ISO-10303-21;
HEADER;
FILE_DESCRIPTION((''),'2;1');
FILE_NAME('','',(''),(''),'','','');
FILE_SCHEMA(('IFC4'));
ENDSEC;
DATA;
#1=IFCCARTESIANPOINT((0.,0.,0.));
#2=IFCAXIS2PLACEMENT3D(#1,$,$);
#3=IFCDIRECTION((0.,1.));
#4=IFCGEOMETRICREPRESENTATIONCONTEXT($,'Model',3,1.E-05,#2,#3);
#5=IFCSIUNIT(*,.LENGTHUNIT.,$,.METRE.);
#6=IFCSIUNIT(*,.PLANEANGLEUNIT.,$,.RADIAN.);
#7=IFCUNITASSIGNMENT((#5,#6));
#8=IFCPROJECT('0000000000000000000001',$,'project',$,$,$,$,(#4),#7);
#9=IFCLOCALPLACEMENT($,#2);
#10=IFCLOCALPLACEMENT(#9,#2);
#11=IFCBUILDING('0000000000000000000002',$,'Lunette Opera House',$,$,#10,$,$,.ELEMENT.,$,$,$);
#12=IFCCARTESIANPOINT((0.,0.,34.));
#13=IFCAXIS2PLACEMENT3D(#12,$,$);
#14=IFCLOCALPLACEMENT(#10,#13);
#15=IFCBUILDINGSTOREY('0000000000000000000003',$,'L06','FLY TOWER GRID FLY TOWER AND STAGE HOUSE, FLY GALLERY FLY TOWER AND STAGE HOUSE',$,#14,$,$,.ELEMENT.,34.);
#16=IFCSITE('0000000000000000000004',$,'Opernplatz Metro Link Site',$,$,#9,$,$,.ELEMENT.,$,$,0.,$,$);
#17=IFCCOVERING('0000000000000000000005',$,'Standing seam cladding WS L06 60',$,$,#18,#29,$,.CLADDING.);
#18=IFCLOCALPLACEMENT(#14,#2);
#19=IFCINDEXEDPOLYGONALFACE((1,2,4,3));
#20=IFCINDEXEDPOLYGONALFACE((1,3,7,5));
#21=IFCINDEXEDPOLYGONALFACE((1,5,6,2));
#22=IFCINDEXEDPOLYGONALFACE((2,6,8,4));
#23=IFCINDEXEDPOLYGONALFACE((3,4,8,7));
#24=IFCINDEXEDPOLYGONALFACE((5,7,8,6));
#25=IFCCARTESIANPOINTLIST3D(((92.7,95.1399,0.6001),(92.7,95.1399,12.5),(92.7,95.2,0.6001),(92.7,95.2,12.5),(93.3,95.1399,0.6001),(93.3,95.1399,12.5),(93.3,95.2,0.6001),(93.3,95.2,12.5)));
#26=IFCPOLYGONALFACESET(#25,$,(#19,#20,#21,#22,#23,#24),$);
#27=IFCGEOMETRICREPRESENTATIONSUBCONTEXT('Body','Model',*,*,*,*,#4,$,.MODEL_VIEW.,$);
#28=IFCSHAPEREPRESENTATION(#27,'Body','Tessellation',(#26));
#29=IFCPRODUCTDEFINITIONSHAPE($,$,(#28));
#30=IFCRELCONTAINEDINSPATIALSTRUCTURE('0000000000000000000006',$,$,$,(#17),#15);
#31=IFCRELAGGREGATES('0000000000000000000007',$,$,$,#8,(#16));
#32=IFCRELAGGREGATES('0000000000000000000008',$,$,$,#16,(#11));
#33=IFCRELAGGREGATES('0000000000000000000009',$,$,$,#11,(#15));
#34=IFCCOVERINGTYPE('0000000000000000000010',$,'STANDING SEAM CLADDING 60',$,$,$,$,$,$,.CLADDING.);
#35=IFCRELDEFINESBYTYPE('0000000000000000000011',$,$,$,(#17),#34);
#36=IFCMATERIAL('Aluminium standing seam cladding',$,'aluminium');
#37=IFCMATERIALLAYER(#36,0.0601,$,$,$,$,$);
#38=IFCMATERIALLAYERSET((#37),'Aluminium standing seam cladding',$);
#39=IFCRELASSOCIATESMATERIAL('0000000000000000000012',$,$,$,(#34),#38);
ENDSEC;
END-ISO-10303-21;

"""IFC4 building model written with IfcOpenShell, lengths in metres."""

from ifc_helpers import new_model, si_unit, direction, frame, origin, origin_2d, place, context, subcontext, project, spatial, rectangle, extrude, material, layer, layer_set, type_object, element, save


model = new_model("IFC4")

# Units and contexts
model_context = context("Model", 3, precision=1e-05, world=origin(), true_north=direction((0.0, 1.0)))
body_context = subcontext(model_context, "Body", "Model", "MODEL_VIEW")
ifc_project = project(units=[si_unit("LENGTHUNIT", "METRE"), si_unit("PLANEANGLEUNIT", "RADIAN")], contexts=[model_context])

# Site, building, storey
site_placement = place(None, origin())
site = spatial("IfcSite", under=ifc_project, at=site_placement, Name="Opernplatz Metro Link Site", CompositionType="ELEMENT", RefElevation=0.0)
building_placement = place(site_placement, origin())
building = spatial("IfcBuilding", under=site, at=building_placement, Name="Lunette Opera House", CompositionType="ELEMENT")
storey_placement = place(building_placement, frame((0.0, 0.0, 34.0)))
storey = spatial("IfcBuildingStorey", under=building, at=storey_placement, Name="L06", Description="FLY TOWER GRID FLY TOWER AND STAGE HOUSE, FLY GALLERY FLY TOWER AND STAGE HOUSE", CompositionType="ELEMENT", Elevation=34.0)

# Covering
ifc_material_1 = material(Name="Aluminium standing seam cladding", Category="aluminium")
ifc_layer = layer(ifc_material_1, 0.0601)
ifc_layer_set = layer_set([ifc_layer], Name="Aluminium standing seam cladding")
covering_type = type_object("IfcCoveringType", Name="STANDING SEAM CLADDING 60", PredefinedType="CLADDING", material=ifc_layer_set)
covering_1_placement = place(storey_placement, frame((93.0, 95.1699, 0.6001), z_axis=(0.0, 0.0, 1.0), x_axis=(1.0, 0.0, 0.0)))
element("IfcCovering", 1, at=covering_1_placement, inside=storey, type_object=covering_type, Name="Standing seam cladding WS L06 60", PredefinedType="CLADDING", context=body_context, shape_type="SweptSolid", body=[
    extrude(rectangle(XDim=0.6001, YDim=0.0601, at=origin_2d()), origin(), (0.0, 0.0, 1.0), 11.8999),
])

save(model, "model.ifc")
